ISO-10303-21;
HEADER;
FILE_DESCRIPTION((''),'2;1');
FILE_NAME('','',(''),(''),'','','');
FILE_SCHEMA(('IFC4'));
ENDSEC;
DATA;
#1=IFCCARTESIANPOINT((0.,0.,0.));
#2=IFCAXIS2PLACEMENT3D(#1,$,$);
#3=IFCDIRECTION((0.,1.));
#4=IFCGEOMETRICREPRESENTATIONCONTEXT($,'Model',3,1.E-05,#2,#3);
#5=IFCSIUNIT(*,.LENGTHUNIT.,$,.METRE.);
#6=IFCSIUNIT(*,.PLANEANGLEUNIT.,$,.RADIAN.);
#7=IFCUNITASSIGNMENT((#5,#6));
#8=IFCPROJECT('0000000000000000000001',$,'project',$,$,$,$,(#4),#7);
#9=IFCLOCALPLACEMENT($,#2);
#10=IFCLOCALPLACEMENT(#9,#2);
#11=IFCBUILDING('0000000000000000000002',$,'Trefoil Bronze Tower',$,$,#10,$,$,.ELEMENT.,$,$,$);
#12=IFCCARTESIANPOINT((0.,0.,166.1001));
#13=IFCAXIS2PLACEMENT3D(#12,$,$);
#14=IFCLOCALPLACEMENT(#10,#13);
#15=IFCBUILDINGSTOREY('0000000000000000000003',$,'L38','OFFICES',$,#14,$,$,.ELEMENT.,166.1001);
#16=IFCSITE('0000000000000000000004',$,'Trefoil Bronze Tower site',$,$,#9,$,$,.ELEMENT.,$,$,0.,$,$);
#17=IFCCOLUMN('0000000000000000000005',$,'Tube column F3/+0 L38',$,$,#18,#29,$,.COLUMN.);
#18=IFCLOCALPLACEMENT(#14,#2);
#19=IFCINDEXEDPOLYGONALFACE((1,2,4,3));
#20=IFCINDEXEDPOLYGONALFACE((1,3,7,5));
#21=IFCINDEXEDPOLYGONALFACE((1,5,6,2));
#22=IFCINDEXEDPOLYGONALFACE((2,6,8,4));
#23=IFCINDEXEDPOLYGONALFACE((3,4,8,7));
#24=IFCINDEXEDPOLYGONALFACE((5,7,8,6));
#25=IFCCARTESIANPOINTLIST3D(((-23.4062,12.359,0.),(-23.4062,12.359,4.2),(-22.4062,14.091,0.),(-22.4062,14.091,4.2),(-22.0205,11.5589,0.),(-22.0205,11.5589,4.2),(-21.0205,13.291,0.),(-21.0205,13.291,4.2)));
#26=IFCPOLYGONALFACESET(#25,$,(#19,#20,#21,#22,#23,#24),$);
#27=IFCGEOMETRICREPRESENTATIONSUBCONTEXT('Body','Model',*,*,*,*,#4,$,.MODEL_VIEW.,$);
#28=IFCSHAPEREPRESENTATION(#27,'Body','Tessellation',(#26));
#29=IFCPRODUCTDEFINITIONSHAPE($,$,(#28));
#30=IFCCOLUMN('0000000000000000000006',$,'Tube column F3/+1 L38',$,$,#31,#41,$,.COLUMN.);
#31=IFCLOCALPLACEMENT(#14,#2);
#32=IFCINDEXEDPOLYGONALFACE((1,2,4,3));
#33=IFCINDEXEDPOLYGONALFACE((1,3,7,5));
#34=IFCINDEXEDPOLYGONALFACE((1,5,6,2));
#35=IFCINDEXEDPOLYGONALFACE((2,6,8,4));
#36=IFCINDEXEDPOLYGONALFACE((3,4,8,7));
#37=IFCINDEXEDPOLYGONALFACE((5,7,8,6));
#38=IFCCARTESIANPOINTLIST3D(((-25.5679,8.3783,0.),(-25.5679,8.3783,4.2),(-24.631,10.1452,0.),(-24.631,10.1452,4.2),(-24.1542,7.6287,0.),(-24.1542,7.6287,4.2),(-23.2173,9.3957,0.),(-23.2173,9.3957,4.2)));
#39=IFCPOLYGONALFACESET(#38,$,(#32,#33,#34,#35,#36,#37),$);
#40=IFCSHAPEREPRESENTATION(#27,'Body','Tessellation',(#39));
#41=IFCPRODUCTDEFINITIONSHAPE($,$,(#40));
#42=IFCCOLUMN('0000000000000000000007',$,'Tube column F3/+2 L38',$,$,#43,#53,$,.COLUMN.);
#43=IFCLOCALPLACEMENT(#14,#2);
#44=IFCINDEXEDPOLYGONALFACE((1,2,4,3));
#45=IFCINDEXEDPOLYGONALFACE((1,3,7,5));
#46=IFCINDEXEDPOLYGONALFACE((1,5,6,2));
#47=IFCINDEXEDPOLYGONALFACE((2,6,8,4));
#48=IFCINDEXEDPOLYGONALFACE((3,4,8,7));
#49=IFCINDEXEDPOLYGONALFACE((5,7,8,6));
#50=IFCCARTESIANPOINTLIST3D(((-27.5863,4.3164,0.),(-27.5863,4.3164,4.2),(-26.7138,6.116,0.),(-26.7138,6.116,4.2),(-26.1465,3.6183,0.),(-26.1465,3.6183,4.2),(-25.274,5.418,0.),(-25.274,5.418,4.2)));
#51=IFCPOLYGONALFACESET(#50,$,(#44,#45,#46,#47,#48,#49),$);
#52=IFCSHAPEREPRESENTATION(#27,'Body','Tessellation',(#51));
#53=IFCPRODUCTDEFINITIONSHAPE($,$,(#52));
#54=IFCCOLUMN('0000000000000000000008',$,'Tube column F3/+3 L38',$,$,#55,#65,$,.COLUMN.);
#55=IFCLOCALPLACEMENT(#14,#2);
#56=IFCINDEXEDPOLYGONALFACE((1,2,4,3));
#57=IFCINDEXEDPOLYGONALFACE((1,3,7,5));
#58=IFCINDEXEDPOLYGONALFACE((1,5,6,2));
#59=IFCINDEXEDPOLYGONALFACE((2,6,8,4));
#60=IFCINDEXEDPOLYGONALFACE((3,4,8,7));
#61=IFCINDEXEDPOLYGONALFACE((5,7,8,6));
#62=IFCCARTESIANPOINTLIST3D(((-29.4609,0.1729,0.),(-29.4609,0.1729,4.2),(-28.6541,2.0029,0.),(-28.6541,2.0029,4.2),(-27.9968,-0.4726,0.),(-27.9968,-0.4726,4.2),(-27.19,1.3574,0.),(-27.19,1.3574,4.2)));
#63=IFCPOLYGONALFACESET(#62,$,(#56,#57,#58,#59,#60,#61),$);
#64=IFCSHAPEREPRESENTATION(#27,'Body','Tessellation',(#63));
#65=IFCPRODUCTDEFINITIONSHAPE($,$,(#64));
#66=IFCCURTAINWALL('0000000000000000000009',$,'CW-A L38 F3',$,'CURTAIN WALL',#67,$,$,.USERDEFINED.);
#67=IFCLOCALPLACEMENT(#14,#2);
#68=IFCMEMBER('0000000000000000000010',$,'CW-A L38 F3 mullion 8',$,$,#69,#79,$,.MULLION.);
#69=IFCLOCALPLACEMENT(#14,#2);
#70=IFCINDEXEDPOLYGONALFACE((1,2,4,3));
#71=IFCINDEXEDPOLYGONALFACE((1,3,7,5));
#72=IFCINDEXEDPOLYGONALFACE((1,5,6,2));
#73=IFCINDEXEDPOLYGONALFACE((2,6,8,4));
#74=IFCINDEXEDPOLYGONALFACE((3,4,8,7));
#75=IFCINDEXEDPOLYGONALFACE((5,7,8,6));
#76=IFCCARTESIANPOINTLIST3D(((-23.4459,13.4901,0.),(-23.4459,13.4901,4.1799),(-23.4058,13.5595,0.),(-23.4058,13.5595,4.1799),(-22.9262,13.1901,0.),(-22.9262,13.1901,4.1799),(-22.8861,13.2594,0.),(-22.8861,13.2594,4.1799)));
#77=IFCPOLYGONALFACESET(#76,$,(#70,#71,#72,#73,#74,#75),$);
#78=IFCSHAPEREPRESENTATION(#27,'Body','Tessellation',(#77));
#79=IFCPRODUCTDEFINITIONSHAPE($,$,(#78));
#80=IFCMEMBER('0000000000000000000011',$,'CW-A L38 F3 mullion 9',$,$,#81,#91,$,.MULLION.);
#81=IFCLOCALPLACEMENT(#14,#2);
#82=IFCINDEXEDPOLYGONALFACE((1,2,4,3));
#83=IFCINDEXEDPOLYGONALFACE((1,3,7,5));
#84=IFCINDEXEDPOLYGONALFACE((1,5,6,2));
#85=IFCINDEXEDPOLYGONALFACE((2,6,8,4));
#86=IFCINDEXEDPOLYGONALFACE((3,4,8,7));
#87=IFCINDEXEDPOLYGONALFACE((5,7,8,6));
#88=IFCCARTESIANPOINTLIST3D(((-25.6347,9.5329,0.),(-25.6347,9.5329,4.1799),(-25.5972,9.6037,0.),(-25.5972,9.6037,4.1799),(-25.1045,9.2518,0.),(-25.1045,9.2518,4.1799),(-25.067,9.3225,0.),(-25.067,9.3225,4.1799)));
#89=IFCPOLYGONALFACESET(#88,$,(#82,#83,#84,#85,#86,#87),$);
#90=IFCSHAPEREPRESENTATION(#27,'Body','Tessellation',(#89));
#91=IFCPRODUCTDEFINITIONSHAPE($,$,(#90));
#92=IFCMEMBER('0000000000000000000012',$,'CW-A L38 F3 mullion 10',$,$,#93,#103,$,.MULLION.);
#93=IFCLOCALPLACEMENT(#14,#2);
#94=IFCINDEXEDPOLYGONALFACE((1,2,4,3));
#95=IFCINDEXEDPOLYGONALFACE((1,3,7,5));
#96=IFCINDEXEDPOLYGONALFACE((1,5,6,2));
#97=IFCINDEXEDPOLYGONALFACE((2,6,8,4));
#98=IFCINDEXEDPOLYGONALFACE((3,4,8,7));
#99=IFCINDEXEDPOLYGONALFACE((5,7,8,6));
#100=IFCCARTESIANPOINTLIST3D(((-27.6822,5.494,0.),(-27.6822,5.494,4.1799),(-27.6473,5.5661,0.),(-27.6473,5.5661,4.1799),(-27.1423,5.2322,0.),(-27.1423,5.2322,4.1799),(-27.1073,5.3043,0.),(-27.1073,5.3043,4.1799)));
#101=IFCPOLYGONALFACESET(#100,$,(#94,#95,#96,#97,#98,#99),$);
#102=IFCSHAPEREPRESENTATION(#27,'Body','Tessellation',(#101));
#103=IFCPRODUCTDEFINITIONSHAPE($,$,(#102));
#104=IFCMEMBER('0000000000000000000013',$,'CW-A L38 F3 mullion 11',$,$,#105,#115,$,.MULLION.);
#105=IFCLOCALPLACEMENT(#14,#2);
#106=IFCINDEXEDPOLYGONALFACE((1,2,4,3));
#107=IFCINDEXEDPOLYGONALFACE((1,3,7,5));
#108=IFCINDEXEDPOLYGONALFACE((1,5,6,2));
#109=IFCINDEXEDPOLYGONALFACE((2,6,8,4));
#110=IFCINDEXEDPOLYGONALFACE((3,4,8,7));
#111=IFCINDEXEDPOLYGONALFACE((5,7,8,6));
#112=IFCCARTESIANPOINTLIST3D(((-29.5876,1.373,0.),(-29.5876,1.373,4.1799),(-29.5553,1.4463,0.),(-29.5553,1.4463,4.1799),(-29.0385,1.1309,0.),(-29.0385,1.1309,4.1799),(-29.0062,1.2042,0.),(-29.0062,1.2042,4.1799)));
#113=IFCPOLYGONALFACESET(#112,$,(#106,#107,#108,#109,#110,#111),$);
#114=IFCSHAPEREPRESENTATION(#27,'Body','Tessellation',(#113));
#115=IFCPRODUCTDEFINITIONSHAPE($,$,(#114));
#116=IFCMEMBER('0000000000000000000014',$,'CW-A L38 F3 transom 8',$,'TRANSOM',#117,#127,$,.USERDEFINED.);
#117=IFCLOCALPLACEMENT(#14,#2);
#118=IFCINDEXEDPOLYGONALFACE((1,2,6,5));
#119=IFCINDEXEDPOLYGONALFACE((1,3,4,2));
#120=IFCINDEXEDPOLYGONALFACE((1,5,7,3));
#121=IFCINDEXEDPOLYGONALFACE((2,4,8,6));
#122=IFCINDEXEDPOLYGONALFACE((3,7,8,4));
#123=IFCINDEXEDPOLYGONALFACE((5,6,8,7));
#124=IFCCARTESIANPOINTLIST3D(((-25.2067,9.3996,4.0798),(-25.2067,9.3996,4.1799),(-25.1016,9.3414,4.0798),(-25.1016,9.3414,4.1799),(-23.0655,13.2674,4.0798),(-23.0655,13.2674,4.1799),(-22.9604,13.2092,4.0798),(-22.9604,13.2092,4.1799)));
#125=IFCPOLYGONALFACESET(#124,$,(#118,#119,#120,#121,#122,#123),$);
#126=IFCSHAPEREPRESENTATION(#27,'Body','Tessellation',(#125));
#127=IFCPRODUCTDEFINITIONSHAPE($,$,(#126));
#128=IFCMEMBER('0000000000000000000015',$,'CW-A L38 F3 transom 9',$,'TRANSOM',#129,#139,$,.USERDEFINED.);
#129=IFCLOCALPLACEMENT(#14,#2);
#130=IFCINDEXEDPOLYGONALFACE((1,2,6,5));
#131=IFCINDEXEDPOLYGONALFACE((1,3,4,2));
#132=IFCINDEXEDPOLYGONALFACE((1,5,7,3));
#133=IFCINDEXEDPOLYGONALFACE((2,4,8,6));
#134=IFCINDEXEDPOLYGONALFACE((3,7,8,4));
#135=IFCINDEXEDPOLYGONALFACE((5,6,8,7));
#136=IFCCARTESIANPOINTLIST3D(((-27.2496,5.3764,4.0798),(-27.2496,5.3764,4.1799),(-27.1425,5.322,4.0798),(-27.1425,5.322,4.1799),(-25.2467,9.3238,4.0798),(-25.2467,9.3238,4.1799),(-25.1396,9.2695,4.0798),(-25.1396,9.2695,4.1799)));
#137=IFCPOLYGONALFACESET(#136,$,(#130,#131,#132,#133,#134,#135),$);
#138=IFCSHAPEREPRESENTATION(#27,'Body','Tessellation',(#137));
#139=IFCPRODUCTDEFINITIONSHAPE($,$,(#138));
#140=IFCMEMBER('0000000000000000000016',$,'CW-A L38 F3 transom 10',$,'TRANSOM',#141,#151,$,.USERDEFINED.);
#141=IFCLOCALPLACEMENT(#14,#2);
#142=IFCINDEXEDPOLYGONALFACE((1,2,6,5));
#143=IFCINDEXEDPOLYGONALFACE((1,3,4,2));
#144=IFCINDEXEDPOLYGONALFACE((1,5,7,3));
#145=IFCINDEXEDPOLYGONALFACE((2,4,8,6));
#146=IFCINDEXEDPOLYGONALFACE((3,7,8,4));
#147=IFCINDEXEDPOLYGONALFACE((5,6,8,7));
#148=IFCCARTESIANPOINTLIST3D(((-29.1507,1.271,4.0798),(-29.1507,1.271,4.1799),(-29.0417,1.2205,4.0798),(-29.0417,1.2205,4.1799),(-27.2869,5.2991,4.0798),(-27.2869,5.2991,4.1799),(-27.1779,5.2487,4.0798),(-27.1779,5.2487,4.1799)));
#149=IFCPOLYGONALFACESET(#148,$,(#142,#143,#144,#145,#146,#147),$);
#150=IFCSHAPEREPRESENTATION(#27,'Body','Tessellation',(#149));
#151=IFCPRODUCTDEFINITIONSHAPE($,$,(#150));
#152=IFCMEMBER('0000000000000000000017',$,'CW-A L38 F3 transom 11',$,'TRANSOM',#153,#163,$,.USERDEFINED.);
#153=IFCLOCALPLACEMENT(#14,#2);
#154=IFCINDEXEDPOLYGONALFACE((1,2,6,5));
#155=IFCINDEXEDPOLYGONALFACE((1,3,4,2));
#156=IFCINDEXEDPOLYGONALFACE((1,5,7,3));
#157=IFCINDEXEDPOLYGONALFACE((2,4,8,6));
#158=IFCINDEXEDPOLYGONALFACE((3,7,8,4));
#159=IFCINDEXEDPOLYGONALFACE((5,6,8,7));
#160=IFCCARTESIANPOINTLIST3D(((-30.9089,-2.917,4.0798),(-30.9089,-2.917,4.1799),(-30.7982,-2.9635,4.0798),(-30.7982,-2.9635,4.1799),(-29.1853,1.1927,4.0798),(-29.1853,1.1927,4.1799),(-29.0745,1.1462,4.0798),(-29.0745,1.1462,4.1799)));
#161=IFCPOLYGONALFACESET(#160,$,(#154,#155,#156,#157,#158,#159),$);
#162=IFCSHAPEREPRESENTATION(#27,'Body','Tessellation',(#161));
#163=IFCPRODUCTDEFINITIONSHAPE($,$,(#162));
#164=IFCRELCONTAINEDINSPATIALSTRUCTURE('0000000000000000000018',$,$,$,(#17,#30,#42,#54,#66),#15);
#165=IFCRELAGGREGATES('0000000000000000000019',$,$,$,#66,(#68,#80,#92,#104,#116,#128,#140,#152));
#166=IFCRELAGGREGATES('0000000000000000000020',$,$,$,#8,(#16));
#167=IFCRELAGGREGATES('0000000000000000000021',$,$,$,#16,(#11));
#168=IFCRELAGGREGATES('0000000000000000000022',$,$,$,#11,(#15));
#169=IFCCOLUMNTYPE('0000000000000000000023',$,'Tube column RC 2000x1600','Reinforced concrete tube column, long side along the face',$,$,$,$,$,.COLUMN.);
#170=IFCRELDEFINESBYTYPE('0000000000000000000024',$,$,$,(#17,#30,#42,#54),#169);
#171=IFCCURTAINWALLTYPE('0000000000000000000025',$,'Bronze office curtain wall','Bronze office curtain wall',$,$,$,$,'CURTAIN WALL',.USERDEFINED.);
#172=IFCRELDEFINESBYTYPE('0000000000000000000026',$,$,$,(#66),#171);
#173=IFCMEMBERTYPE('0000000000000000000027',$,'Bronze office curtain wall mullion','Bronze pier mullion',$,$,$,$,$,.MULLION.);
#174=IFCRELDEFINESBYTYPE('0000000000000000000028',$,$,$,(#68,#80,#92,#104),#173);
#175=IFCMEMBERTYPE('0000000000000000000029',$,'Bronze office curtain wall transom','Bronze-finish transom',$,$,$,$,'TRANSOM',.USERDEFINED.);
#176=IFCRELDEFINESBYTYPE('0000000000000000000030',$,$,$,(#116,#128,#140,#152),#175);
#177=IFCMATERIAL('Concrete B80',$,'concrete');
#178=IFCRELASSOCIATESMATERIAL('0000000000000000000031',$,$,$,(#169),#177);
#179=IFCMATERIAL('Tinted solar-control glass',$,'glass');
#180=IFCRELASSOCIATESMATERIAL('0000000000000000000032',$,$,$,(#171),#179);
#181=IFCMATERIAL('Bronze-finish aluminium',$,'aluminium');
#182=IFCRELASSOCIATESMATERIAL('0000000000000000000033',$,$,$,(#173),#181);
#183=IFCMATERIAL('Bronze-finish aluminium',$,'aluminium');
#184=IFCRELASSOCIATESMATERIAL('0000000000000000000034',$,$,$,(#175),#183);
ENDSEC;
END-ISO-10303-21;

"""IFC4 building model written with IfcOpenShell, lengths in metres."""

from ifc_helpers import new_model, si_unit, direction, frame, origin, origin_2d, place, context, subcontext, project, spatial, rectangle, extrude, material, material_profile, profile_set, type_object, element, aggregate, save


model = new_model("IFC4")

# Units and contexts
model_context = context("Model", 3, precision=1e-05, world=origin(), true_north=direction((0.0, 1.0)))
body_context = subcontext(model_context, "Body", "Model", "MODEL_VIEW")
ifc_project = project(units=[si_unit("LENGTHUNIT", "METRE"), si_unit("PLANEANGLEUNIT", "RADIAN")], contexts=[model_context])

# Site, building, storey
site_placement = place(None, origin())
site = spatial("IfcSite", under=ifc_project, at=site_placement, Name="Trefoil Bronze Tower site", CompositionType="ELEMENT", RefElevation=0.0)
building_placement = place(site_placement, origin())
building = spatial("IfcBuilding", under=site, at=building_placement, Name="Trefoil Bronze Tower", CompositionType="ELEMENT")
storey_placement = place(building_placement, frame((0.0, 0.0, 166.1001)))
storey = spatial("IfcBuildingStorey", under=building, at=storey_placement, Name="L38", Description="OFFICES", CompositionType="ELEMENT", Elevation=166.1001)

# Columns
ifc_material_1 = material(Name="Concrete B80", Category="concrete")
ifc_material_profile_1 = material_profile(ifc_material_1, rectangle(XDim=2.0, YDim=1.6001, at=origin_2d()), Name="RC 2000x1600")
ifc_profile_set_1 = profile_set([ifc_material_profile_1], Name="Concrete B80")
column_type = type_object("IfcColumnType", Name="Tube column RC 2000x1600", Description="Reinforced concrete tube column, long side along the face", PredefinedType="COLUMN", material=ifc_profile_set_1)
for number, where, z_axis, x_axis, name in (
    (1, (-22.2134, 12.825, 0.0), (0.0, 0.0, 1.0), (-0.5, -0.866025, 0.0), "Tube column F3/+0 L38"),
    (2, (-24.3926, 8.887, 0.0), (0.0, 0.0, 1.0), (-0.468457, -0.883486, 0.0), "Tube column F3/+1 L38"),
    (3, (-26.4302, 4.8672, 0.0), (0.0, 0.0, 1.0), (-0.436262, -0.89982, 0.0), "Tube column F3/+2 L38"),
    (4, (-28.3254, 0.7651, 0.0), (0.0, 0.0, 1.0), (-0.403412, -0.915018, 0.0), "Tube column F3/+3 L38"),
):
    element("IfcColumn", number, at=place(storey_placement, frame(where, z_axis=z_axis, x_axis=x_axis)), inside=storey, type_object=column_type, Name=name, PredefinedType="COLUMN", context=body_context, shape_type="SweptSolid", body=[
        extrude(rectangle(XDim=2.0, YDim=1.6001, at=origin_2d()), origin(), (0.0, 0.0, 1.0), 4.2),
    ])

# Curtain wall, members
ifc_material_2 = material(Name="Tinted solar-control glass", Category="glass")
curtain_wall_type = type_object("IfcCurtainWallType", Name="Bronze office curtain wall", Description="Bronze office curtain wall", ElementType="CURTAIN WALL", PredefinedType="USERDEFINED", material=ifc_material_2)
curtain_wall_placement = place(storey_placement, origin())
curtain_wall = element("IfcCurtainWall", 5, at=curtain_wall_placement, inside=storey, type_object=curtain_wall_type, Name="CW-A L38 F3", ObjectType="CURTAIN WALL", PredefinedType="USERDEFINED")
ifc_material_3 = material(Name="Bronze-finish aluminium", Category="aluminium")
ifc_material_profile_2 = material_profile(ifc_material_3, rectangle(XDim=0.6001, YDim=0.0801, at=origin_2d()), Name="CW-A mullion")
ifc_profile_set_2 = profile_set([ifc_material_profile_2], Name="Bronze-finish aluminium")
member_type_1 = type_object("IfcMemberType", Name="Bronze office curtain wall mullion", Description="Bronze pier mullion", PredefinedType="MULLION", material=ifc_profile_set_2)
member_1_placement = place(storey_placement, frame((-23.166, 13.3748, 0.0), z_axis=(0.0, 0.0, 1.0), x_axis=(0.866025, -0.5, 0.0)))
member_1 = element("IfcMember", 6, at=member_1_placement, type_object=member_type_1, Name="CW-A L38 F3 mullion 8", PredefinedType="MULLION", context=body_context, shape_type="SweptSolid", body=[
    extrude(rectangle(XDim=0.6001, YDim=0.0801, at=origin_2d()), origin(), (0.0, 0.0, 1.0), 4.1799),
])
member_2_placement = place(storey_placement, frame((-25.3508, 9.4277, 0.0), z_axis=(0.0, 0.0, 1.0), x_axis=(0.883486, -0.468457, 0.0)))
member_2 = element("IfcMember", 7, at=member_2_placement, type_object=member_type_1, Name="CW-A L38 F3 mullion 9", PredefinedType="MULLION", context=body_context, shape_type="SweptSolid", body=[
    extrude(rectangle(XDim=0.6001, YDim=0.0801, at=origin_2d()), origin(), (0.0, 0.0, 1.0), 4.1799),
])
member_3_placement = place(storey_placement, frame((-27.3948, 5.3992, 0.0), z_axis=(0.0, 0.0, 1.0), x_axis=(0.89982, -0.436262, 0.0)))
member_3 = element("IfcMember", 8, at=member_3_placement, type_object=member_type_1, Name="CW-A L38 F3 mullion 10", PredefinedType="MULLION", context=body_context, shape_type="SweptSolid", body=[
    extrude(rectangle(XDim=0.6001, YDim=0.0801, at=origin_2d()), origin(), (0.0, 0.0, 1.0), 4.1799),
])
member_4_placement = place(storey_placement, frame((-29.2969, 1.2886, 0.0), z_axis=(0.0, 0.0, 1.0), x_axis=(0.915018, -0.403412, 0.0)))
member_4 = element("IfcMember", 9, at=member_4_placement, type_object=member_type_1, Name="CW-A L38 F3 mullion 11", PredefinedType="MULLION", context=body_context, shape_type="SweptSolid", body=[
    extrude(rectangle(XDim=0.6001, YDim=0.0801, at=origin_2d()), origin(), (0.0, 0.0, 1.0), 4.1799),
])
ifc_material_4 = material(Name="Bronze-finish aluminium", Category="aluminium")
ifc_material_profile_3 = material_profile(ifc_material_4, rectangle(XDim=0.1201, YDim=0.1001, at=origin_2d()), Name="CW-A transom")
ifc_profile_set_3 = profile_set([ifc_material_profile_3], Name="Bronze-finish aluminium")
member_type_2 = type_object("IfcMemberType", Name="Bronze office curtain wall transom", Description="Bronze-finish transom", ElementType="TRANSOM", PredefinedType="USERDEFINED", material=ifc_profile_set_3)
member_5_placement = place(storey_placement, frame((-23.0129, 13.2383, 4.1299), z_axis=(-0.484329, -0.874886, 0.0), x_axis=(0.874886, -0.484329, 0.0)))
member_5 = element("IfcMember", 10, at=member_5_placement, type_object=member_type_2, Name="CW-A L38 F3 transom 8", ObjectType="TRANSOM", PredefinedType="USERDEFINED", context=body_context, shape_type="SweptSolid", body=[
    extrude(rectangle(XDim=0.1201, YDim=0.1001, at=origin_2d()), origin(), (0.0, 0.0, 1.0), 4.4209),
])
member_6_placement = place(storey_placement, frame((-25.1931, 9.2966, 4.1299), z_axis=(-0.452478, -0.891775, 0.0), x_axis=(0.891775, -0.452478, 0.0)))
member_6 = element("IfcMember", 11, at=member_6_placement, type_object=member_type_2, Name="CW-A L38 F3 transom 9", ObjectType="TRANSOM", PredefinedType="USERDEFINED", context=body_context, shape_type="SweptSolid", body=[
    extrude(rectangle(XDim=0.1201, YDim=0.1001, at=origin_2d()), origin(), (0.0, 0.0, 1.0), 4.4265),
])
member_7_placement = place(storey_placement, frame((-27.2324, 5.2739, 4.1299), z_axis=(-0.419923, -0.90756, 0.0), x_axis=(0.90756, -0.419923, 0.0)))
member_7 = element("IfcMember", 12, at=member_7_placement, type_object=member_type_2, Name="CW-A L38 F3 transom 10", ObjectType="TRANSOM", PredefinedType="USERDEFINED", context=body_context, shape_type="SweptSolid", body=[
    extrude(rectangle(XDim=0.1201, YDim=0.1001, at=origin_2d()), origin(), (0.0, 0.0, 1.0), 4.4385),
])
member_8_placement = place(storey_placement, frame((-29.1299, 1.1694, 4.1299), z_axis=(-0.386773, -0.922175, 0.0), x_axis=(0.922175, -0.386773, 0.0)))
member_8 = element("IfcMember", 13, at=member_8_placement, type_object=member_type_2, Name="CW-A L38 F3 transom 11", ObjectType="TRANSOM", PredefinedType="USERDEFINED", context=body_context, shape_type="SweptSolid", body=[
    extrude(rectangle(XDim=0.1201, YDim=0.1001, at=origin_2d()), origin(), (0.0, 0.0, 1.0), 4.4565),
])

aggregate(curtain_wall, [member_1, member_2, member_3, member_4, member_5, member_6, member_7, member_8])

save(model, "model.ifc")
